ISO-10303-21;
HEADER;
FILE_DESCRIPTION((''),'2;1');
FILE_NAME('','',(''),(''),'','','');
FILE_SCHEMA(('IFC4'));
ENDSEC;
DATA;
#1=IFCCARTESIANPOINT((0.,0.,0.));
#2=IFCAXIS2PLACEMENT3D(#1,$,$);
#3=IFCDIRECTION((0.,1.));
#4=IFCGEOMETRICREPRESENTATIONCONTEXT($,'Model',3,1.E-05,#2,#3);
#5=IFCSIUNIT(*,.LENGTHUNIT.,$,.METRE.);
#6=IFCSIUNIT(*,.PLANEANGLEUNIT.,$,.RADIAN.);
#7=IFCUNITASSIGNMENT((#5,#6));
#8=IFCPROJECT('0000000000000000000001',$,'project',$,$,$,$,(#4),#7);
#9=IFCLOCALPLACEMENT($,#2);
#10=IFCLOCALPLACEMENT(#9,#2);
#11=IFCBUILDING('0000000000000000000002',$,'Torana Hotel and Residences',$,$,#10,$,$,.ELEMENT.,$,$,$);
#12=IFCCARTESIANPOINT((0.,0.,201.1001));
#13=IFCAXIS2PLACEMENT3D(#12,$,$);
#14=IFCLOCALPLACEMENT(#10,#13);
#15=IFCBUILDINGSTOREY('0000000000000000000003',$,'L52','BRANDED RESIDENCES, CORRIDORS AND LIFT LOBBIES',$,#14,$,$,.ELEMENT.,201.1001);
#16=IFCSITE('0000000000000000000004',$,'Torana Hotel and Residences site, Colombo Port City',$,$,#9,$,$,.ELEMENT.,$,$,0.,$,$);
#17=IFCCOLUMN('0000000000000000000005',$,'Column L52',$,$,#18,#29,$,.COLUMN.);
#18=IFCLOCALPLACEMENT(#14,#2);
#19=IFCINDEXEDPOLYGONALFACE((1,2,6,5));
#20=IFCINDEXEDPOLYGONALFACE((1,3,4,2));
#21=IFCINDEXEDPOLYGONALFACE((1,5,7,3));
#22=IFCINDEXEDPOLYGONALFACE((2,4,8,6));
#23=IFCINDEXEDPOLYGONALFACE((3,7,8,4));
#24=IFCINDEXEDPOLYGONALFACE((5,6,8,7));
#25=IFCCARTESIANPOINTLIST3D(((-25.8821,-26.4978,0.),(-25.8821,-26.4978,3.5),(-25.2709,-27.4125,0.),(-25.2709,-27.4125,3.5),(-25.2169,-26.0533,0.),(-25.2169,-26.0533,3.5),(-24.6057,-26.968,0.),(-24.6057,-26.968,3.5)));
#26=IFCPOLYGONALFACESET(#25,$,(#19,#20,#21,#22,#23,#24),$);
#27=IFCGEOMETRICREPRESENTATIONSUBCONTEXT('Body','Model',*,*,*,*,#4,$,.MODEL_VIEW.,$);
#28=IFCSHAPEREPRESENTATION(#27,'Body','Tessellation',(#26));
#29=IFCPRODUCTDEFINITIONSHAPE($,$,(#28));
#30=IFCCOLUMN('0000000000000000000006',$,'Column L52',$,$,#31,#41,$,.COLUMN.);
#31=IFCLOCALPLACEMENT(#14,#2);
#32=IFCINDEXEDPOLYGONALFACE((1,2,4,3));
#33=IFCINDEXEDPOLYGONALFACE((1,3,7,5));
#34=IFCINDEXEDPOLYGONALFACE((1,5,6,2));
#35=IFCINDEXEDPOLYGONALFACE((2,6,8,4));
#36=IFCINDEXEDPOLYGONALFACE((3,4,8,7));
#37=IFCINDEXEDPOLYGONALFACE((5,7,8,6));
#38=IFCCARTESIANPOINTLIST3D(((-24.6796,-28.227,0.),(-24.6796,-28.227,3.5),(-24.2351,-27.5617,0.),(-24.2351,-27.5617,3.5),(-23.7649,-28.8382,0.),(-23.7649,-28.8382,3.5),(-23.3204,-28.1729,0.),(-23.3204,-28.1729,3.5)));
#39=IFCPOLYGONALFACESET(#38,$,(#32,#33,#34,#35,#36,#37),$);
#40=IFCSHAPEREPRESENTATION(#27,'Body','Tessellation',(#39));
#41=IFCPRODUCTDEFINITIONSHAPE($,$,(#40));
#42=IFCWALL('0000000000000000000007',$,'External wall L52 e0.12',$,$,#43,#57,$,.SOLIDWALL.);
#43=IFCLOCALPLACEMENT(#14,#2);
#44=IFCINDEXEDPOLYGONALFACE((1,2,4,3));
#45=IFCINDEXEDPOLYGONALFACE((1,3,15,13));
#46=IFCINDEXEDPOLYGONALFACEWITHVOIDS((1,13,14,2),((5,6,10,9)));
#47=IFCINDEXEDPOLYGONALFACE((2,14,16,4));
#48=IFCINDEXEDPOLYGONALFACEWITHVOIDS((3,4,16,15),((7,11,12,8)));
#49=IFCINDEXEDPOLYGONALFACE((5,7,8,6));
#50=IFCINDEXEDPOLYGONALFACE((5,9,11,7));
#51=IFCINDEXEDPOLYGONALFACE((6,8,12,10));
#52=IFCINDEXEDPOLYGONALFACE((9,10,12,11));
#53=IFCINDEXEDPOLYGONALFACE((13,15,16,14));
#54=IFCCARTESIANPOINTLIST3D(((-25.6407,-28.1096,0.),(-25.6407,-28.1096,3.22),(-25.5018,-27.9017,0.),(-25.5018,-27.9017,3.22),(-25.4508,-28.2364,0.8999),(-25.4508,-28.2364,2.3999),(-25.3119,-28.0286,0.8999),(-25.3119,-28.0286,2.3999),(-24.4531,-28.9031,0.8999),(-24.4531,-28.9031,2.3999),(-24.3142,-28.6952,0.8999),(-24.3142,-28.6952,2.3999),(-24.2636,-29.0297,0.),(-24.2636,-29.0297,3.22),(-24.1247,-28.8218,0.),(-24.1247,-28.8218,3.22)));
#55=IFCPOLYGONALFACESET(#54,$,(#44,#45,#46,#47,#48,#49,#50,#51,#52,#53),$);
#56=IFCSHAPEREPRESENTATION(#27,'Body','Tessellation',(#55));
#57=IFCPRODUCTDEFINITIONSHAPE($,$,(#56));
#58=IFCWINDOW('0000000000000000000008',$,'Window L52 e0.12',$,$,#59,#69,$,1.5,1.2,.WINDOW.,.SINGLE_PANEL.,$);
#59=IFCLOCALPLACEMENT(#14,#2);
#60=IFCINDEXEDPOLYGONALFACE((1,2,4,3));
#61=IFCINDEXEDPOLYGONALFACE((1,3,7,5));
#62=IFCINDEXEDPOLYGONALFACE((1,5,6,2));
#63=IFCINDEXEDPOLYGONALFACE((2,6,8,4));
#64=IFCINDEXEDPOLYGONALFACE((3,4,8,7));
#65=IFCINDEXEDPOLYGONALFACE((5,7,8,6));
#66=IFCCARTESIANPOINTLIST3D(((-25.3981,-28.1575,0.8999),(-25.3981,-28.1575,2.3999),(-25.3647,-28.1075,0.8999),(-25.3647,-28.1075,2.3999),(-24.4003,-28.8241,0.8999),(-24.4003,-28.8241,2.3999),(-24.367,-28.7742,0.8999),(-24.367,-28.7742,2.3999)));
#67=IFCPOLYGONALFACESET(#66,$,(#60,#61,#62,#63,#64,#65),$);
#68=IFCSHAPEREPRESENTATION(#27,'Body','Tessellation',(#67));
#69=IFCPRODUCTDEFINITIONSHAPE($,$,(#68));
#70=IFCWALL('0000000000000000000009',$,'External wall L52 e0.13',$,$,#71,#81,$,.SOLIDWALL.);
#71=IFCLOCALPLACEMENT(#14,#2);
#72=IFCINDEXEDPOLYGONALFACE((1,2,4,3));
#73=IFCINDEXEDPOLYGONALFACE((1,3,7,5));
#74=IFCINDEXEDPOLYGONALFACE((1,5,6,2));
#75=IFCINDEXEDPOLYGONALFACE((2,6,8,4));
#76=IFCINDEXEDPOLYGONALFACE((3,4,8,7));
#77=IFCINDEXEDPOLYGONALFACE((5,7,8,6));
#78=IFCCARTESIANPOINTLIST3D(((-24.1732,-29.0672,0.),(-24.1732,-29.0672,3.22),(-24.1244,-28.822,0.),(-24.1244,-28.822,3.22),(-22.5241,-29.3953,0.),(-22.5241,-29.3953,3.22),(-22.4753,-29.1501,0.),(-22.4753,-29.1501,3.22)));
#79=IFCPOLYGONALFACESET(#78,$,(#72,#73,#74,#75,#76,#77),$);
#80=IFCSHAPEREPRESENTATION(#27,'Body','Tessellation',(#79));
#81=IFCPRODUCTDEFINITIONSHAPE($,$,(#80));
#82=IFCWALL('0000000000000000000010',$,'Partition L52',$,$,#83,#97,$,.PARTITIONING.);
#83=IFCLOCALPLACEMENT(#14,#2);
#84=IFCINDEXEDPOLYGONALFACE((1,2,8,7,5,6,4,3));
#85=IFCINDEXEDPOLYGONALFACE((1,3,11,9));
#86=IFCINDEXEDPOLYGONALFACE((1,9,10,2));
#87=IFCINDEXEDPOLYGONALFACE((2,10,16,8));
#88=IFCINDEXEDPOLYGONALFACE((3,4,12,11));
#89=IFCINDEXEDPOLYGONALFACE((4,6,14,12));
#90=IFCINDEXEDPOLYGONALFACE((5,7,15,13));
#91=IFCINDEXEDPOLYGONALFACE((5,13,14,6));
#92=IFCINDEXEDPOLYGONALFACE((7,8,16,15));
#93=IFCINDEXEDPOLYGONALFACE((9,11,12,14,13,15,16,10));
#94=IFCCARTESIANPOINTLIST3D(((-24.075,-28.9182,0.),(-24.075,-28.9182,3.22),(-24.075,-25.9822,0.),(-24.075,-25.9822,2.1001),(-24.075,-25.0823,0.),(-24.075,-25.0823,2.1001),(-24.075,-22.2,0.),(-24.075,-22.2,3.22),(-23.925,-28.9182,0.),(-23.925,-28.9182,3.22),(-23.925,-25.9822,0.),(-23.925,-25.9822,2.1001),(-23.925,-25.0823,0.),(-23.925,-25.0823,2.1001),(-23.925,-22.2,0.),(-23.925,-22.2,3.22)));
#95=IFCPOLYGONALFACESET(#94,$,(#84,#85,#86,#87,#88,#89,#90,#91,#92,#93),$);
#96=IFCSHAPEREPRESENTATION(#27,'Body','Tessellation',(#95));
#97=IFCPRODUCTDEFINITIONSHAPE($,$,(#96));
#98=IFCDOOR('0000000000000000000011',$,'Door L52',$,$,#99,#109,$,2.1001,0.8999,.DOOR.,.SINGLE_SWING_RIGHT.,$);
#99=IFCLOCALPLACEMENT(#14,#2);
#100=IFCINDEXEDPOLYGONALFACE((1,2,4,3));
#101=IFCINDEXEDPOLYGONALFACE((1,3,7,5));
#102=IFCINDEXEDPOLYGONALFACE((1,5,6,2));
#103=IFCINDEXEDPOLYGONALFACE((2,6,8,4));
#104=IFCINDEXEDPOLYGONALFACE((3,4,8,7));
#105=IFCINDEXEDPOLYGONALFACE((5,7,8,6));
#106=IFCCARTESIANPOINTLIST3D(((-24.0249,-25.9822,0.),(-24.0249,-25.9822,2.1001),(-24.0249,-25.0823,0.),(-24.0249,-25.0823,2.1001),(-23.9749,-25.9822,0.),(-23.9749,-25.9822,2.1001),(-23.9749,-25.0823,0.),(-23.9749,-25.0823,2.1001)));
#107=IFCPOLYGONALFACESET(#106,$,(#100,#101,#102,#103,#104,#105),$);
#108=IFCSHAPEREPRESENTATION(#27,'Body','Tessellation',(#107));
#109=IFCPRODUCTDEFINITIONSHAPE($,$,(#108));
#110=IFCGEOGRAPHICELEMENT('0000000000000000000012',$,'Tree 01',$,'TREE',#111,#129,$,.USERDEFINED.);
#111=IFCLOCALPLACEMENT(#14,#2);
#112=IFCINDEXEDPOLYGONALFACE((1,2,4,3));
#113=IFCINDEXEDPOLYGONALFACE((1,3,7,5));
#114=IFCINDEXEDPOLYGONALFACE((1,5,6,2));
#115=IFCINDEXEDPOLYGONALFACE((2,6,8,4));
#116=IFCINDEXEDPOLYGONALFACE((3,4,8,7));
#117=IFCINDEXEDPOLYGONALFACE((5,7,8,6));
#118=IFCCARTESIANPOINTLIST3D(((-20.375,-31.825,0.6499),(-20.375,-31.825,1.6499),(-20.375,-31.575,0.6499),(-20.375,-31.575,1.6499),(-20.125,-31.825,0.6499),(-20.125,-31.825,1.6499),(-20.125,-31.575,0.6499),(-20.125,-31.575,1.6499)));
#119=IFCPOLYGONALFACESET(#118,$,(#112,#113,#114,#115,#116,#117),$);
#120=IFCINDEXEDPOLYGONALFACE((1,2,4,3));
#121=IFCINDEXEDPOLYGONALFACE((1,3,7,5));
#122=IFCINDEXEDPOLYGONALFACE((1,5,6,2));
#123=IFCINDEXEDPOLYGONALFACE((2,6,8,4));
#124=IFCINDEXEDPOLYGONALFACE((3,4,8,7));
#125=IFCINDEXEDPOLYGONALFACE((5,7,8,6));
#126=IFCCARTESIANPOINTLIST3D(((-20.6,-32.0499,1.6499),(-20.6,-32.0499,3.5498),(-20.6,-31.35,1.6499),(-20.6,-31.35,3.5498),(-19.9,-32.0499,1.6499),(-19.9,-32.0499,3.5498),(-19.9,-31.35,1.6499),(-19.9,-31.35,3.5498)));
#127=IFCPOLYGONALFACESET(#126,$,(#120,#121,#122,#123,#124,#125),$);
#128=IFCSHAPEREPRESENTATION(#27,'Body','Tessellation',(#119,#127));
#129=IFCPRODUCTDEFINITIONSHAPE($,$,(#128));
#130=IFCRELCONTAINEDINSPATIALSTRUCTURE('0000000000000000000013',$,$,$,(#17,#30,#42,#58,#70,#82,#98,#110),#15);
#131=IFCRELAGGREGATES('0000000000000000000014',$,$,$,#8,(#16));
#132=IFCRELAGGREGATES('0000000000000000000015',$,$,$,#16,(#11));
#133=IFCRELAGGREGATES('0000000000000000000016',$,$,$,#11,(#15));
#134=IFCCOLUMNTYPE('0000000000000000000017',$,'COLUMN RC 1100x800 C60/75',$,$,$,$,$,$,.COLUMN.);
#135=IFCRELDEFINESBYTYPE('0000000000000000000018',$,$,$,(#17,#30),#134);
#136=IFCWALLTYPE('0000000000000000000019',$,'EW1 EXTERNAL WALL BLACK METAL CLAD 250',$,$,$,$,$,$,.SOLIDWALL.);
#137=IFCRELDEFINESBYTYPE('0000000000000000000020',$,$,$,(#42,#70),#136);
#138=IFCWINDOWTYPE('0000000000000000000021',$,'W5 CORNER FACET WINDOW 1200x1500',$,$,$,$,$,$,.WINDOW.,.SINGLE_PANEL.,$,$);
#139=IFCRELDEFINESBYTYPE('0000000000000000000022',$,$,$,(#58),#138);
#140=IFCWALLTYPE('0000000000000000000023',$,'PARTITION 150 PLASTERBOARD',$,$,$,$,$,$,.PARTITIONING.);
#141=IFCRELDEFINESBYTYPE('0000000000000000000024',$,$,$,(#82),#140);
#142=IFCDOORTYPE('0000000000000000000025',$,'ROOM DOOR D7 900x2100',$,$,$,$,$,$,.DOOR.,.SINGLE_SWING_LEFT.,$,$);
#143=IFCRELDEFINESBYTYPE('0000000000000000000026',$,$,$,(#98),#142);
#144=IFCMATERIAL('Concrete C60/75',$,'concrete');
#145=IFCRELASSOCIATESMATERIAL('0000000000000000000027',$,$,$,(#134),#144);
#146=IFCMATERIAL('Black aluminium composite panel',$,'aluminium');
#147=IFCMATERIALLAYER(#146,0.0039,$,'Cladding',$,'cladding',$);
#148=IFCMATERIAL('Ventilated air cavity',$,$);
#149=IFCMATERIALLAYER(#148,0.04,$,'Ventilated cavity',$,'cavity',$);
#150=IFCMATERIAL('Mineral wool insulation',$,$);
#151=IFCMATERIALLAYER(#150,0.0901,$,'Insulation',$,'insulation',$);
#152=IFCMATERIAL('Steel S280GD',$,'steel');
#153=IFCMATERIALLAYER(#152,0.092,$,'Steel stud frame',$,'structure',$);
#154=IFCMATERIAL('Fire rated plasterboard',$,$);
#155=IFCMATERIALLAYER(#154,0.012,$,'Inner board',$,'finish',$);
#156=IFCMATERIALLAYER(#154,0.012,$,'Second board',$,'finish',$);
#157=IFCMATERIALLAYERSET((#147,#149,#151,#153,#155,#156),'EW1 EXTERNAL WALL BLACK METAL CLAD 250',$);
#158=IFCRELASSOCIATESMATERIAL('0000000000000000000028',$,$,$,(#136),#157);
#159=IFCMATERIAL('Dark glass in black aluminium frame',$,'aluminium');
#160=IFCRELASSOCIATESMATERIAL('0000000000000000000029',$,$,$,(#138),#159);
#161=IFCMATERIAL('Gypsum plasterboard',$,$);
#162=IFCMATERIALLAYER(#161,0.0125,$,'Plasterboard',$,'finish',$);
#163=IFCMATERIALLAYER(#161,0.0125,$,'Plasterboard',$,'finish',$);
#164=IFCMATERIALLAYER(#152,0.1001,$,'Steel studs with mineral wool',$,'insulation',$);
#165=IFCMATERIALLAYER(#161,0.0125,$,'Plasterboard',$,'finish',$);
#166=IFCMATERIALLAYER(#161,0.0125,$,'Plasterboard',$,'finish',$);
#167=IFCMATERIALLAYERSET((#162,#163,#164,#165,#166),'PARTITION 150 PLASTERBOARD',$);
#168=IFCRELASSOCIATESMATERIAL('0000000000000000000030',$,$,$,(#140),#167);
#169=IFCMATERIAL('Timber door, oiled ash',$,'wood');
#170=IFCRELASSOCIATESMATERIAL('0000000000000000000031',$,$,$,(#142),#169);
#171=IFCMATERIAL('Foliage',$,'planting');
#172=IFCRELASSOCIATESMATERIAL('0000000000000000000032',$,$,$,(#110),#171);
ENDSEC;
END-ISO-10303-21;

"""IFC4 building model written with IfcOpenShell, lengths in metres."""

from ifc_helpers import new_model, si_unit, direction, frame, frame_2d, origin, origin_2d, place, context, subcontext, project, spatial, rectangle, extrude, material, layer, layer_set, material_profile, profile_set, type_object, element, fill, save


model = new_model("IFC4")

# Units and contexts
model_context = context("Model", 3, precision=1e-05, world=origin(), true_north=direction((0.0, 1.0)))
body_context = subcontext(model_context, "Body", "Model", "MODEL_VIEW")
ifc_project = project(units=[si_unit("LENGTHUNIT", "METRE"), si_unit("PLANEANGLEUNIT", "RADIAN")], contexts=[model_context])

# Site, building, storey
site_placement = place(None, origin())
site = spatial("IfcSite", under=ifc_project, at=site_placement, Name="Torana Hotel and Residences site, Colombo Port City", CompositionType="ELEMENT", RefElevation=0.0)
building_placement = place(site_placement, origin())
building = spatial("IfcBuilding", under=site, at=building_placement, Name="Torana Hotel and Residences", CompositionType="ELEMENT")
storey_placement = place(building_placement, frame((0.0, 0.0, 201.1001)))
storey = spatial("IfcBuildingStorey", under=building, at=storey_placement, Name="L52", Description="BRANDED RESIDENCES, CORRIDORS AND LIFT LOBBIES", CompositionType="ELEMENT", Elevation=201.1001)

# Columns
ifc_material_1 = material(Name="Concrete C60/75", Category="concrete")
ifc_material_profile = material_profile(ifc_material_1, rectangle(XDim=1.1001, YDim=0.8, at=origin_2d()), Name="RC 1100x800")
ifc_profile_set = profile_set([ifc_material_profile], Name="Concrete C60/75")
column_type = type_object("IfcColumnType", Name="COLUMN RC 1100x800 C60/75", PredefinedType="COLUMN", material=ifc_profile_set)
for number, where, z_axis, x_axis, name in (
    (1, (-25.2439, -26.7329, 0.0), (0.0, 0.0, 1.0), (-0.555585, 0.83146, 0.0), "Column L52"),
    (2, (-24.0, -28.2, 0.0), (0.0, 0.0, 1.0), (-0.83146, 0.555585, 0.0), "Column L52"),
):
    element("IfcColumn", number, at=place(storey_placement, frame(where, z_axis=z_axis, x_axis=x_axis)), inside=storey, type_object=column_type, Name=name, PredefinedType="COLUMN", context=body_context, shape_type="SweptSolid", body=[
        extrude(rectangle(XDim=1.1001, YDim=0.8, at=origin_2d()), origin(), (0.0, 0.0, 1.0), 3.5),
    ])

# Wall, opening, window
ifc_material_2 = material(Name="Black aluminium composite panel", Category="aluminium")
ifc_layer_1 = layer(ifc_material_2, 0.0039, Name="Cladding", Category="cladding")
ifc_material_3 = material(Name="Ventilated air cavity")
ifc_layer_2 = layer(ifc_material_3, 0.04, Name="Ventilated cavity", Category="cavity")
ifc_material_4 = material(Name="Mineral wool insulation")
ifc_layer_3 = layer(ifc_material_4, 0.0901, Name="Insulation", Category="insulation")
ifc_material_5 = material(Name="Steel S280GD", Category="steel")
ifc_layer_4 = layer(ifc_material_5, 0.092, Name="Steel stud frame", Category="structure")
ifc_material_6 = material(Name="Fire rated plasterboard")
ifc_layer_5 = layer(ifc_material_6, 0.012, Name="Inner board", Category="finish")
ifc_layer_6 = layer(ifc_material_6, 0.012, Name="Second board", Category="finish")
ifc_layer_set_1 = layer_set([ifc_layer_1, ifc_layer_2, ifc_layer_3, ifc_layer_4, ifc_layer_5, ifc_layer_6], Name="EW1 EXTERNAL WALL BLACK METAL CLAD 250")
wall_type_1 = type_object("IfcWallType", Name="EW1 EXTERNAL WALL BLACK METAL CLAD 250", PredefinedType="SOLIDWALL", material=ifc_layer_set_1)
wall_1_placement = place(storey_placement, frame((-25.5713, -28.0056, 0.0), z_axis=(0.0, 0.0, 1.0), x_axis=(0.831483, -0.55555, 0.0)))
wall_1 = element("IfcWall", 3, at=wall_1_placement, inside=storey, type_object=wall_type_1, Name="External wall L52 e0.12", PredefinedType="SOLIDWALL", context=body_context, shape_type="SweptSolid", body=[
    extrude(rectangle(XDim=1.6562, YDim=0.25, at=frame_2d((0.8281, 0.0))), origin(), (0.0, 0.0, 1.0), 3.22),
])
opening_1_placement = place(wall_1_placement, frame((0.2283, 0.0, 0.8999)))
opening_1 = element("IfcOpeningElement", 4, at=opening_1_placement, cuts=wall_1, PredefinedType="OPENING", context=body_context, shape_type="SweptSolid", body=[
    extrude(rectangle(XDim=1.2, YDim=1.5, at=frame_2d((0.6001, 0.75))), frame((0.0, 0.135, 0.0), z_axis=(0.0, -1.0, 0.0), x_axis=(1.0, 0.0, 0.0)), (0.0, 0.0, 1.0), 0.27),
])
ifc_material_7 = material(Name="Dark glass in black aluminium frame", Category="aluminium")
window_type_1 = type_object("IfcWindowType", Name="W5 CORNER FACET WINDOW 1200x1500", PartitioningType="SINGLE_PANEL", PredefinedType="WINDOW", material=ifc_material_7)
window_1_placement = place(opening_1_placement, origin())
window_1 = element("IfcWindow", 5, at=window_1_placement, inside=storey, type_object=window_type_1, Name="Window L52 e0.12", OverallHeight=1.5, OverallWidth=1.2, PartitioningType="SINGLE_PANEL", PredefinedType="WINDOW", context=body_context, shape_type="SweptSolid", body=[
    extrude(rectangle(XDim=1.2, YDim=1.5, at=frame_2d((0.6001, 0.75))), frame((0.0, 0.03, 0.0), z_axis=(0.0, -1.0, 0.0), x_axis=(1.0, 0.0, 0.0)), (0.0, 0.0, 1.0), 0.0601),
])
fill(opening_1, window_1)

# Wall
wall_2_placement = place(storey_placement, frame((-24.1489, -28.9446, 0.0), z_axis=(0.0, 0.0, 1.0), x_axis=(0.980776, -0.195139, 0.0)))
element("IfcWall", 6, at=wall_2_placement, inside=storey, type_object=wall_type_1, Name="External wall L52 e0.13", PredefinedType="SOLIDWALL", context=body_context, shape_type="SweptSolid", body=[
    extrude(rectangle(XDim=1.6814, YDim=0.25, at=frame_2d((0.8408, 0.0))), origin(), (0.0, 0.0, 1.0), 3.22),
])

# Wall, opening, door
ifc_material_8 = material(Name="Gypsum plasterboard")
ifc_layer_7 = layer(ifc_material_8, 0.0125, Name="Plasterboard", Category="finish")
ifc_layer_8 = layer(ifc_material_8, 0.0125, Name="Plasterboard", Category="finish")
ifc_layer_9 = layer(ifc_material_5, 0.1001, Name="Steel studs with mineral wool", Category="insulation")
ifc_layer_10 = layer(ifc_material_8, 0.0125, Name="Plasterboard", Category="finish")
ifc_layer_11 = layer(ifc_material_8, 0.0125, Name="Plasterboard", Category="finish")
ifc_layer_set_2 = layer_set([ifc_layer_7, ifc_layer_8, ifc_layer_9, ifc_layer_10, ifc_layer_11], Name="PARTITION 150 PLASTERBOARD")
wall_type_2 = type_object("IfcWallType", Name="PARTITION 150 PLASTERBOARD", PredefinedType="PARTITIONING", material=ifc_layer_set_2)
wall_3_placement = place(storey_placement, frame((-24.0, -28.9182, 0.0), z_axis=(0.0, 0.0, 1.0), x_axis=(0.0, 1.0, 0.0)))
wall_3 = element("IfcWall", 7, at=wall_3_placement, inside=storey, type_object=wall_type_2, Name="Partition L52", PredefinedType="PARTITIONING", context=body_context, shape_type="SweptSolid", body=[
    extrude(rectangle(XDim=6.7183, YDim=0.1499, at=frame_2d((3.3591, 0.0))), origin(), (0.0, 0.0, 1.0), 3.22),
])
opening_2_placement = place(wall_3_placement, frame((2.936, 0.0, 0.0)))
opening_2 = element("IfcOpeningElement", 8, at=opening_2_placement, cuts=wall_3, PredefinedType="OPENING", context=body_context, shape_type="SweptSolid", body=[
    extrude(rectangle(XDim=0.8999, YDim=2.1001, at=frame_2d((0.45, 1.05))), frame((0.0, 0.085, 0.0), z_axis=(0.0, -1.0, 0.0), x_axis=(1.0, 0.0, 0.0)), (0.0, 0.0, 1.0), 0.1699),
])
ifc_material_9 = material(Name="Timber door, oiled ash", Category="wood")
door_type_1 = type_object("IfcDoorType", Name="ROOM DOOR D7 900x2100", OperationType="SINGLE_SWING_LEFT", PredefinedType="DOOR", material=ifc_material_9)
door_1_placement = place(opening_2_placement, origin())
door_1 = element("IfcDoor", 9, at=door_1_placement, inside=storey, type_object=door_type_1, Name="Door L52", OperationType="SINGLE_SWING_RIGHT", OverallHeight=2.1001, OverallWidth=0.8999, PredefinedType="DOOR", context=body_context, shape_type="SweptSolid", body=[
    extrude(rectangle(XDim=0.8999, YDim=2.1001, at=frame_2d((0.45, 1.05))), frame((0.0, 0.0249, 0.0), z_axis=(0.0, -1.0, 0.0), x_axis=(1.0, 0.0, 0.0)), (0.0, 0.0, 1.0), 0.05),
])
fill(opening_2, door_1)

# Geographic element
ifc_material_10 = material(Name="Foliage", Category="planting")
geographic_element_placement = place(storey_placement, frame((-20.25, -31.7, 0.6499), z_axis=(0.0, 0.0, 1.0), x_axis=(1.0, 0.0, 0.0)))
element("IfcGeographicElement", 10, at=geographic_element_placement, inside=storey, material=ifc_material_10, Name="Tree 01", ObjectType="TREE", PredefinedType="USERDEFINED", context=body_context, shape_type="SweptSolid", body=[
    extrude(rectangle(XDim=0.25, YDim=0.25, at=origin_2d()), origin(), (0.0, 0.0, 1.0), 1.0),
    extrude(rectangle(XDim=0.7, YDim=0.7, at=origin_2d()), frame((0.0, 0.0, 1.0)), (0.0, 0.0, 1.0), 1.8999),
])

save(model, "model.ifc")
